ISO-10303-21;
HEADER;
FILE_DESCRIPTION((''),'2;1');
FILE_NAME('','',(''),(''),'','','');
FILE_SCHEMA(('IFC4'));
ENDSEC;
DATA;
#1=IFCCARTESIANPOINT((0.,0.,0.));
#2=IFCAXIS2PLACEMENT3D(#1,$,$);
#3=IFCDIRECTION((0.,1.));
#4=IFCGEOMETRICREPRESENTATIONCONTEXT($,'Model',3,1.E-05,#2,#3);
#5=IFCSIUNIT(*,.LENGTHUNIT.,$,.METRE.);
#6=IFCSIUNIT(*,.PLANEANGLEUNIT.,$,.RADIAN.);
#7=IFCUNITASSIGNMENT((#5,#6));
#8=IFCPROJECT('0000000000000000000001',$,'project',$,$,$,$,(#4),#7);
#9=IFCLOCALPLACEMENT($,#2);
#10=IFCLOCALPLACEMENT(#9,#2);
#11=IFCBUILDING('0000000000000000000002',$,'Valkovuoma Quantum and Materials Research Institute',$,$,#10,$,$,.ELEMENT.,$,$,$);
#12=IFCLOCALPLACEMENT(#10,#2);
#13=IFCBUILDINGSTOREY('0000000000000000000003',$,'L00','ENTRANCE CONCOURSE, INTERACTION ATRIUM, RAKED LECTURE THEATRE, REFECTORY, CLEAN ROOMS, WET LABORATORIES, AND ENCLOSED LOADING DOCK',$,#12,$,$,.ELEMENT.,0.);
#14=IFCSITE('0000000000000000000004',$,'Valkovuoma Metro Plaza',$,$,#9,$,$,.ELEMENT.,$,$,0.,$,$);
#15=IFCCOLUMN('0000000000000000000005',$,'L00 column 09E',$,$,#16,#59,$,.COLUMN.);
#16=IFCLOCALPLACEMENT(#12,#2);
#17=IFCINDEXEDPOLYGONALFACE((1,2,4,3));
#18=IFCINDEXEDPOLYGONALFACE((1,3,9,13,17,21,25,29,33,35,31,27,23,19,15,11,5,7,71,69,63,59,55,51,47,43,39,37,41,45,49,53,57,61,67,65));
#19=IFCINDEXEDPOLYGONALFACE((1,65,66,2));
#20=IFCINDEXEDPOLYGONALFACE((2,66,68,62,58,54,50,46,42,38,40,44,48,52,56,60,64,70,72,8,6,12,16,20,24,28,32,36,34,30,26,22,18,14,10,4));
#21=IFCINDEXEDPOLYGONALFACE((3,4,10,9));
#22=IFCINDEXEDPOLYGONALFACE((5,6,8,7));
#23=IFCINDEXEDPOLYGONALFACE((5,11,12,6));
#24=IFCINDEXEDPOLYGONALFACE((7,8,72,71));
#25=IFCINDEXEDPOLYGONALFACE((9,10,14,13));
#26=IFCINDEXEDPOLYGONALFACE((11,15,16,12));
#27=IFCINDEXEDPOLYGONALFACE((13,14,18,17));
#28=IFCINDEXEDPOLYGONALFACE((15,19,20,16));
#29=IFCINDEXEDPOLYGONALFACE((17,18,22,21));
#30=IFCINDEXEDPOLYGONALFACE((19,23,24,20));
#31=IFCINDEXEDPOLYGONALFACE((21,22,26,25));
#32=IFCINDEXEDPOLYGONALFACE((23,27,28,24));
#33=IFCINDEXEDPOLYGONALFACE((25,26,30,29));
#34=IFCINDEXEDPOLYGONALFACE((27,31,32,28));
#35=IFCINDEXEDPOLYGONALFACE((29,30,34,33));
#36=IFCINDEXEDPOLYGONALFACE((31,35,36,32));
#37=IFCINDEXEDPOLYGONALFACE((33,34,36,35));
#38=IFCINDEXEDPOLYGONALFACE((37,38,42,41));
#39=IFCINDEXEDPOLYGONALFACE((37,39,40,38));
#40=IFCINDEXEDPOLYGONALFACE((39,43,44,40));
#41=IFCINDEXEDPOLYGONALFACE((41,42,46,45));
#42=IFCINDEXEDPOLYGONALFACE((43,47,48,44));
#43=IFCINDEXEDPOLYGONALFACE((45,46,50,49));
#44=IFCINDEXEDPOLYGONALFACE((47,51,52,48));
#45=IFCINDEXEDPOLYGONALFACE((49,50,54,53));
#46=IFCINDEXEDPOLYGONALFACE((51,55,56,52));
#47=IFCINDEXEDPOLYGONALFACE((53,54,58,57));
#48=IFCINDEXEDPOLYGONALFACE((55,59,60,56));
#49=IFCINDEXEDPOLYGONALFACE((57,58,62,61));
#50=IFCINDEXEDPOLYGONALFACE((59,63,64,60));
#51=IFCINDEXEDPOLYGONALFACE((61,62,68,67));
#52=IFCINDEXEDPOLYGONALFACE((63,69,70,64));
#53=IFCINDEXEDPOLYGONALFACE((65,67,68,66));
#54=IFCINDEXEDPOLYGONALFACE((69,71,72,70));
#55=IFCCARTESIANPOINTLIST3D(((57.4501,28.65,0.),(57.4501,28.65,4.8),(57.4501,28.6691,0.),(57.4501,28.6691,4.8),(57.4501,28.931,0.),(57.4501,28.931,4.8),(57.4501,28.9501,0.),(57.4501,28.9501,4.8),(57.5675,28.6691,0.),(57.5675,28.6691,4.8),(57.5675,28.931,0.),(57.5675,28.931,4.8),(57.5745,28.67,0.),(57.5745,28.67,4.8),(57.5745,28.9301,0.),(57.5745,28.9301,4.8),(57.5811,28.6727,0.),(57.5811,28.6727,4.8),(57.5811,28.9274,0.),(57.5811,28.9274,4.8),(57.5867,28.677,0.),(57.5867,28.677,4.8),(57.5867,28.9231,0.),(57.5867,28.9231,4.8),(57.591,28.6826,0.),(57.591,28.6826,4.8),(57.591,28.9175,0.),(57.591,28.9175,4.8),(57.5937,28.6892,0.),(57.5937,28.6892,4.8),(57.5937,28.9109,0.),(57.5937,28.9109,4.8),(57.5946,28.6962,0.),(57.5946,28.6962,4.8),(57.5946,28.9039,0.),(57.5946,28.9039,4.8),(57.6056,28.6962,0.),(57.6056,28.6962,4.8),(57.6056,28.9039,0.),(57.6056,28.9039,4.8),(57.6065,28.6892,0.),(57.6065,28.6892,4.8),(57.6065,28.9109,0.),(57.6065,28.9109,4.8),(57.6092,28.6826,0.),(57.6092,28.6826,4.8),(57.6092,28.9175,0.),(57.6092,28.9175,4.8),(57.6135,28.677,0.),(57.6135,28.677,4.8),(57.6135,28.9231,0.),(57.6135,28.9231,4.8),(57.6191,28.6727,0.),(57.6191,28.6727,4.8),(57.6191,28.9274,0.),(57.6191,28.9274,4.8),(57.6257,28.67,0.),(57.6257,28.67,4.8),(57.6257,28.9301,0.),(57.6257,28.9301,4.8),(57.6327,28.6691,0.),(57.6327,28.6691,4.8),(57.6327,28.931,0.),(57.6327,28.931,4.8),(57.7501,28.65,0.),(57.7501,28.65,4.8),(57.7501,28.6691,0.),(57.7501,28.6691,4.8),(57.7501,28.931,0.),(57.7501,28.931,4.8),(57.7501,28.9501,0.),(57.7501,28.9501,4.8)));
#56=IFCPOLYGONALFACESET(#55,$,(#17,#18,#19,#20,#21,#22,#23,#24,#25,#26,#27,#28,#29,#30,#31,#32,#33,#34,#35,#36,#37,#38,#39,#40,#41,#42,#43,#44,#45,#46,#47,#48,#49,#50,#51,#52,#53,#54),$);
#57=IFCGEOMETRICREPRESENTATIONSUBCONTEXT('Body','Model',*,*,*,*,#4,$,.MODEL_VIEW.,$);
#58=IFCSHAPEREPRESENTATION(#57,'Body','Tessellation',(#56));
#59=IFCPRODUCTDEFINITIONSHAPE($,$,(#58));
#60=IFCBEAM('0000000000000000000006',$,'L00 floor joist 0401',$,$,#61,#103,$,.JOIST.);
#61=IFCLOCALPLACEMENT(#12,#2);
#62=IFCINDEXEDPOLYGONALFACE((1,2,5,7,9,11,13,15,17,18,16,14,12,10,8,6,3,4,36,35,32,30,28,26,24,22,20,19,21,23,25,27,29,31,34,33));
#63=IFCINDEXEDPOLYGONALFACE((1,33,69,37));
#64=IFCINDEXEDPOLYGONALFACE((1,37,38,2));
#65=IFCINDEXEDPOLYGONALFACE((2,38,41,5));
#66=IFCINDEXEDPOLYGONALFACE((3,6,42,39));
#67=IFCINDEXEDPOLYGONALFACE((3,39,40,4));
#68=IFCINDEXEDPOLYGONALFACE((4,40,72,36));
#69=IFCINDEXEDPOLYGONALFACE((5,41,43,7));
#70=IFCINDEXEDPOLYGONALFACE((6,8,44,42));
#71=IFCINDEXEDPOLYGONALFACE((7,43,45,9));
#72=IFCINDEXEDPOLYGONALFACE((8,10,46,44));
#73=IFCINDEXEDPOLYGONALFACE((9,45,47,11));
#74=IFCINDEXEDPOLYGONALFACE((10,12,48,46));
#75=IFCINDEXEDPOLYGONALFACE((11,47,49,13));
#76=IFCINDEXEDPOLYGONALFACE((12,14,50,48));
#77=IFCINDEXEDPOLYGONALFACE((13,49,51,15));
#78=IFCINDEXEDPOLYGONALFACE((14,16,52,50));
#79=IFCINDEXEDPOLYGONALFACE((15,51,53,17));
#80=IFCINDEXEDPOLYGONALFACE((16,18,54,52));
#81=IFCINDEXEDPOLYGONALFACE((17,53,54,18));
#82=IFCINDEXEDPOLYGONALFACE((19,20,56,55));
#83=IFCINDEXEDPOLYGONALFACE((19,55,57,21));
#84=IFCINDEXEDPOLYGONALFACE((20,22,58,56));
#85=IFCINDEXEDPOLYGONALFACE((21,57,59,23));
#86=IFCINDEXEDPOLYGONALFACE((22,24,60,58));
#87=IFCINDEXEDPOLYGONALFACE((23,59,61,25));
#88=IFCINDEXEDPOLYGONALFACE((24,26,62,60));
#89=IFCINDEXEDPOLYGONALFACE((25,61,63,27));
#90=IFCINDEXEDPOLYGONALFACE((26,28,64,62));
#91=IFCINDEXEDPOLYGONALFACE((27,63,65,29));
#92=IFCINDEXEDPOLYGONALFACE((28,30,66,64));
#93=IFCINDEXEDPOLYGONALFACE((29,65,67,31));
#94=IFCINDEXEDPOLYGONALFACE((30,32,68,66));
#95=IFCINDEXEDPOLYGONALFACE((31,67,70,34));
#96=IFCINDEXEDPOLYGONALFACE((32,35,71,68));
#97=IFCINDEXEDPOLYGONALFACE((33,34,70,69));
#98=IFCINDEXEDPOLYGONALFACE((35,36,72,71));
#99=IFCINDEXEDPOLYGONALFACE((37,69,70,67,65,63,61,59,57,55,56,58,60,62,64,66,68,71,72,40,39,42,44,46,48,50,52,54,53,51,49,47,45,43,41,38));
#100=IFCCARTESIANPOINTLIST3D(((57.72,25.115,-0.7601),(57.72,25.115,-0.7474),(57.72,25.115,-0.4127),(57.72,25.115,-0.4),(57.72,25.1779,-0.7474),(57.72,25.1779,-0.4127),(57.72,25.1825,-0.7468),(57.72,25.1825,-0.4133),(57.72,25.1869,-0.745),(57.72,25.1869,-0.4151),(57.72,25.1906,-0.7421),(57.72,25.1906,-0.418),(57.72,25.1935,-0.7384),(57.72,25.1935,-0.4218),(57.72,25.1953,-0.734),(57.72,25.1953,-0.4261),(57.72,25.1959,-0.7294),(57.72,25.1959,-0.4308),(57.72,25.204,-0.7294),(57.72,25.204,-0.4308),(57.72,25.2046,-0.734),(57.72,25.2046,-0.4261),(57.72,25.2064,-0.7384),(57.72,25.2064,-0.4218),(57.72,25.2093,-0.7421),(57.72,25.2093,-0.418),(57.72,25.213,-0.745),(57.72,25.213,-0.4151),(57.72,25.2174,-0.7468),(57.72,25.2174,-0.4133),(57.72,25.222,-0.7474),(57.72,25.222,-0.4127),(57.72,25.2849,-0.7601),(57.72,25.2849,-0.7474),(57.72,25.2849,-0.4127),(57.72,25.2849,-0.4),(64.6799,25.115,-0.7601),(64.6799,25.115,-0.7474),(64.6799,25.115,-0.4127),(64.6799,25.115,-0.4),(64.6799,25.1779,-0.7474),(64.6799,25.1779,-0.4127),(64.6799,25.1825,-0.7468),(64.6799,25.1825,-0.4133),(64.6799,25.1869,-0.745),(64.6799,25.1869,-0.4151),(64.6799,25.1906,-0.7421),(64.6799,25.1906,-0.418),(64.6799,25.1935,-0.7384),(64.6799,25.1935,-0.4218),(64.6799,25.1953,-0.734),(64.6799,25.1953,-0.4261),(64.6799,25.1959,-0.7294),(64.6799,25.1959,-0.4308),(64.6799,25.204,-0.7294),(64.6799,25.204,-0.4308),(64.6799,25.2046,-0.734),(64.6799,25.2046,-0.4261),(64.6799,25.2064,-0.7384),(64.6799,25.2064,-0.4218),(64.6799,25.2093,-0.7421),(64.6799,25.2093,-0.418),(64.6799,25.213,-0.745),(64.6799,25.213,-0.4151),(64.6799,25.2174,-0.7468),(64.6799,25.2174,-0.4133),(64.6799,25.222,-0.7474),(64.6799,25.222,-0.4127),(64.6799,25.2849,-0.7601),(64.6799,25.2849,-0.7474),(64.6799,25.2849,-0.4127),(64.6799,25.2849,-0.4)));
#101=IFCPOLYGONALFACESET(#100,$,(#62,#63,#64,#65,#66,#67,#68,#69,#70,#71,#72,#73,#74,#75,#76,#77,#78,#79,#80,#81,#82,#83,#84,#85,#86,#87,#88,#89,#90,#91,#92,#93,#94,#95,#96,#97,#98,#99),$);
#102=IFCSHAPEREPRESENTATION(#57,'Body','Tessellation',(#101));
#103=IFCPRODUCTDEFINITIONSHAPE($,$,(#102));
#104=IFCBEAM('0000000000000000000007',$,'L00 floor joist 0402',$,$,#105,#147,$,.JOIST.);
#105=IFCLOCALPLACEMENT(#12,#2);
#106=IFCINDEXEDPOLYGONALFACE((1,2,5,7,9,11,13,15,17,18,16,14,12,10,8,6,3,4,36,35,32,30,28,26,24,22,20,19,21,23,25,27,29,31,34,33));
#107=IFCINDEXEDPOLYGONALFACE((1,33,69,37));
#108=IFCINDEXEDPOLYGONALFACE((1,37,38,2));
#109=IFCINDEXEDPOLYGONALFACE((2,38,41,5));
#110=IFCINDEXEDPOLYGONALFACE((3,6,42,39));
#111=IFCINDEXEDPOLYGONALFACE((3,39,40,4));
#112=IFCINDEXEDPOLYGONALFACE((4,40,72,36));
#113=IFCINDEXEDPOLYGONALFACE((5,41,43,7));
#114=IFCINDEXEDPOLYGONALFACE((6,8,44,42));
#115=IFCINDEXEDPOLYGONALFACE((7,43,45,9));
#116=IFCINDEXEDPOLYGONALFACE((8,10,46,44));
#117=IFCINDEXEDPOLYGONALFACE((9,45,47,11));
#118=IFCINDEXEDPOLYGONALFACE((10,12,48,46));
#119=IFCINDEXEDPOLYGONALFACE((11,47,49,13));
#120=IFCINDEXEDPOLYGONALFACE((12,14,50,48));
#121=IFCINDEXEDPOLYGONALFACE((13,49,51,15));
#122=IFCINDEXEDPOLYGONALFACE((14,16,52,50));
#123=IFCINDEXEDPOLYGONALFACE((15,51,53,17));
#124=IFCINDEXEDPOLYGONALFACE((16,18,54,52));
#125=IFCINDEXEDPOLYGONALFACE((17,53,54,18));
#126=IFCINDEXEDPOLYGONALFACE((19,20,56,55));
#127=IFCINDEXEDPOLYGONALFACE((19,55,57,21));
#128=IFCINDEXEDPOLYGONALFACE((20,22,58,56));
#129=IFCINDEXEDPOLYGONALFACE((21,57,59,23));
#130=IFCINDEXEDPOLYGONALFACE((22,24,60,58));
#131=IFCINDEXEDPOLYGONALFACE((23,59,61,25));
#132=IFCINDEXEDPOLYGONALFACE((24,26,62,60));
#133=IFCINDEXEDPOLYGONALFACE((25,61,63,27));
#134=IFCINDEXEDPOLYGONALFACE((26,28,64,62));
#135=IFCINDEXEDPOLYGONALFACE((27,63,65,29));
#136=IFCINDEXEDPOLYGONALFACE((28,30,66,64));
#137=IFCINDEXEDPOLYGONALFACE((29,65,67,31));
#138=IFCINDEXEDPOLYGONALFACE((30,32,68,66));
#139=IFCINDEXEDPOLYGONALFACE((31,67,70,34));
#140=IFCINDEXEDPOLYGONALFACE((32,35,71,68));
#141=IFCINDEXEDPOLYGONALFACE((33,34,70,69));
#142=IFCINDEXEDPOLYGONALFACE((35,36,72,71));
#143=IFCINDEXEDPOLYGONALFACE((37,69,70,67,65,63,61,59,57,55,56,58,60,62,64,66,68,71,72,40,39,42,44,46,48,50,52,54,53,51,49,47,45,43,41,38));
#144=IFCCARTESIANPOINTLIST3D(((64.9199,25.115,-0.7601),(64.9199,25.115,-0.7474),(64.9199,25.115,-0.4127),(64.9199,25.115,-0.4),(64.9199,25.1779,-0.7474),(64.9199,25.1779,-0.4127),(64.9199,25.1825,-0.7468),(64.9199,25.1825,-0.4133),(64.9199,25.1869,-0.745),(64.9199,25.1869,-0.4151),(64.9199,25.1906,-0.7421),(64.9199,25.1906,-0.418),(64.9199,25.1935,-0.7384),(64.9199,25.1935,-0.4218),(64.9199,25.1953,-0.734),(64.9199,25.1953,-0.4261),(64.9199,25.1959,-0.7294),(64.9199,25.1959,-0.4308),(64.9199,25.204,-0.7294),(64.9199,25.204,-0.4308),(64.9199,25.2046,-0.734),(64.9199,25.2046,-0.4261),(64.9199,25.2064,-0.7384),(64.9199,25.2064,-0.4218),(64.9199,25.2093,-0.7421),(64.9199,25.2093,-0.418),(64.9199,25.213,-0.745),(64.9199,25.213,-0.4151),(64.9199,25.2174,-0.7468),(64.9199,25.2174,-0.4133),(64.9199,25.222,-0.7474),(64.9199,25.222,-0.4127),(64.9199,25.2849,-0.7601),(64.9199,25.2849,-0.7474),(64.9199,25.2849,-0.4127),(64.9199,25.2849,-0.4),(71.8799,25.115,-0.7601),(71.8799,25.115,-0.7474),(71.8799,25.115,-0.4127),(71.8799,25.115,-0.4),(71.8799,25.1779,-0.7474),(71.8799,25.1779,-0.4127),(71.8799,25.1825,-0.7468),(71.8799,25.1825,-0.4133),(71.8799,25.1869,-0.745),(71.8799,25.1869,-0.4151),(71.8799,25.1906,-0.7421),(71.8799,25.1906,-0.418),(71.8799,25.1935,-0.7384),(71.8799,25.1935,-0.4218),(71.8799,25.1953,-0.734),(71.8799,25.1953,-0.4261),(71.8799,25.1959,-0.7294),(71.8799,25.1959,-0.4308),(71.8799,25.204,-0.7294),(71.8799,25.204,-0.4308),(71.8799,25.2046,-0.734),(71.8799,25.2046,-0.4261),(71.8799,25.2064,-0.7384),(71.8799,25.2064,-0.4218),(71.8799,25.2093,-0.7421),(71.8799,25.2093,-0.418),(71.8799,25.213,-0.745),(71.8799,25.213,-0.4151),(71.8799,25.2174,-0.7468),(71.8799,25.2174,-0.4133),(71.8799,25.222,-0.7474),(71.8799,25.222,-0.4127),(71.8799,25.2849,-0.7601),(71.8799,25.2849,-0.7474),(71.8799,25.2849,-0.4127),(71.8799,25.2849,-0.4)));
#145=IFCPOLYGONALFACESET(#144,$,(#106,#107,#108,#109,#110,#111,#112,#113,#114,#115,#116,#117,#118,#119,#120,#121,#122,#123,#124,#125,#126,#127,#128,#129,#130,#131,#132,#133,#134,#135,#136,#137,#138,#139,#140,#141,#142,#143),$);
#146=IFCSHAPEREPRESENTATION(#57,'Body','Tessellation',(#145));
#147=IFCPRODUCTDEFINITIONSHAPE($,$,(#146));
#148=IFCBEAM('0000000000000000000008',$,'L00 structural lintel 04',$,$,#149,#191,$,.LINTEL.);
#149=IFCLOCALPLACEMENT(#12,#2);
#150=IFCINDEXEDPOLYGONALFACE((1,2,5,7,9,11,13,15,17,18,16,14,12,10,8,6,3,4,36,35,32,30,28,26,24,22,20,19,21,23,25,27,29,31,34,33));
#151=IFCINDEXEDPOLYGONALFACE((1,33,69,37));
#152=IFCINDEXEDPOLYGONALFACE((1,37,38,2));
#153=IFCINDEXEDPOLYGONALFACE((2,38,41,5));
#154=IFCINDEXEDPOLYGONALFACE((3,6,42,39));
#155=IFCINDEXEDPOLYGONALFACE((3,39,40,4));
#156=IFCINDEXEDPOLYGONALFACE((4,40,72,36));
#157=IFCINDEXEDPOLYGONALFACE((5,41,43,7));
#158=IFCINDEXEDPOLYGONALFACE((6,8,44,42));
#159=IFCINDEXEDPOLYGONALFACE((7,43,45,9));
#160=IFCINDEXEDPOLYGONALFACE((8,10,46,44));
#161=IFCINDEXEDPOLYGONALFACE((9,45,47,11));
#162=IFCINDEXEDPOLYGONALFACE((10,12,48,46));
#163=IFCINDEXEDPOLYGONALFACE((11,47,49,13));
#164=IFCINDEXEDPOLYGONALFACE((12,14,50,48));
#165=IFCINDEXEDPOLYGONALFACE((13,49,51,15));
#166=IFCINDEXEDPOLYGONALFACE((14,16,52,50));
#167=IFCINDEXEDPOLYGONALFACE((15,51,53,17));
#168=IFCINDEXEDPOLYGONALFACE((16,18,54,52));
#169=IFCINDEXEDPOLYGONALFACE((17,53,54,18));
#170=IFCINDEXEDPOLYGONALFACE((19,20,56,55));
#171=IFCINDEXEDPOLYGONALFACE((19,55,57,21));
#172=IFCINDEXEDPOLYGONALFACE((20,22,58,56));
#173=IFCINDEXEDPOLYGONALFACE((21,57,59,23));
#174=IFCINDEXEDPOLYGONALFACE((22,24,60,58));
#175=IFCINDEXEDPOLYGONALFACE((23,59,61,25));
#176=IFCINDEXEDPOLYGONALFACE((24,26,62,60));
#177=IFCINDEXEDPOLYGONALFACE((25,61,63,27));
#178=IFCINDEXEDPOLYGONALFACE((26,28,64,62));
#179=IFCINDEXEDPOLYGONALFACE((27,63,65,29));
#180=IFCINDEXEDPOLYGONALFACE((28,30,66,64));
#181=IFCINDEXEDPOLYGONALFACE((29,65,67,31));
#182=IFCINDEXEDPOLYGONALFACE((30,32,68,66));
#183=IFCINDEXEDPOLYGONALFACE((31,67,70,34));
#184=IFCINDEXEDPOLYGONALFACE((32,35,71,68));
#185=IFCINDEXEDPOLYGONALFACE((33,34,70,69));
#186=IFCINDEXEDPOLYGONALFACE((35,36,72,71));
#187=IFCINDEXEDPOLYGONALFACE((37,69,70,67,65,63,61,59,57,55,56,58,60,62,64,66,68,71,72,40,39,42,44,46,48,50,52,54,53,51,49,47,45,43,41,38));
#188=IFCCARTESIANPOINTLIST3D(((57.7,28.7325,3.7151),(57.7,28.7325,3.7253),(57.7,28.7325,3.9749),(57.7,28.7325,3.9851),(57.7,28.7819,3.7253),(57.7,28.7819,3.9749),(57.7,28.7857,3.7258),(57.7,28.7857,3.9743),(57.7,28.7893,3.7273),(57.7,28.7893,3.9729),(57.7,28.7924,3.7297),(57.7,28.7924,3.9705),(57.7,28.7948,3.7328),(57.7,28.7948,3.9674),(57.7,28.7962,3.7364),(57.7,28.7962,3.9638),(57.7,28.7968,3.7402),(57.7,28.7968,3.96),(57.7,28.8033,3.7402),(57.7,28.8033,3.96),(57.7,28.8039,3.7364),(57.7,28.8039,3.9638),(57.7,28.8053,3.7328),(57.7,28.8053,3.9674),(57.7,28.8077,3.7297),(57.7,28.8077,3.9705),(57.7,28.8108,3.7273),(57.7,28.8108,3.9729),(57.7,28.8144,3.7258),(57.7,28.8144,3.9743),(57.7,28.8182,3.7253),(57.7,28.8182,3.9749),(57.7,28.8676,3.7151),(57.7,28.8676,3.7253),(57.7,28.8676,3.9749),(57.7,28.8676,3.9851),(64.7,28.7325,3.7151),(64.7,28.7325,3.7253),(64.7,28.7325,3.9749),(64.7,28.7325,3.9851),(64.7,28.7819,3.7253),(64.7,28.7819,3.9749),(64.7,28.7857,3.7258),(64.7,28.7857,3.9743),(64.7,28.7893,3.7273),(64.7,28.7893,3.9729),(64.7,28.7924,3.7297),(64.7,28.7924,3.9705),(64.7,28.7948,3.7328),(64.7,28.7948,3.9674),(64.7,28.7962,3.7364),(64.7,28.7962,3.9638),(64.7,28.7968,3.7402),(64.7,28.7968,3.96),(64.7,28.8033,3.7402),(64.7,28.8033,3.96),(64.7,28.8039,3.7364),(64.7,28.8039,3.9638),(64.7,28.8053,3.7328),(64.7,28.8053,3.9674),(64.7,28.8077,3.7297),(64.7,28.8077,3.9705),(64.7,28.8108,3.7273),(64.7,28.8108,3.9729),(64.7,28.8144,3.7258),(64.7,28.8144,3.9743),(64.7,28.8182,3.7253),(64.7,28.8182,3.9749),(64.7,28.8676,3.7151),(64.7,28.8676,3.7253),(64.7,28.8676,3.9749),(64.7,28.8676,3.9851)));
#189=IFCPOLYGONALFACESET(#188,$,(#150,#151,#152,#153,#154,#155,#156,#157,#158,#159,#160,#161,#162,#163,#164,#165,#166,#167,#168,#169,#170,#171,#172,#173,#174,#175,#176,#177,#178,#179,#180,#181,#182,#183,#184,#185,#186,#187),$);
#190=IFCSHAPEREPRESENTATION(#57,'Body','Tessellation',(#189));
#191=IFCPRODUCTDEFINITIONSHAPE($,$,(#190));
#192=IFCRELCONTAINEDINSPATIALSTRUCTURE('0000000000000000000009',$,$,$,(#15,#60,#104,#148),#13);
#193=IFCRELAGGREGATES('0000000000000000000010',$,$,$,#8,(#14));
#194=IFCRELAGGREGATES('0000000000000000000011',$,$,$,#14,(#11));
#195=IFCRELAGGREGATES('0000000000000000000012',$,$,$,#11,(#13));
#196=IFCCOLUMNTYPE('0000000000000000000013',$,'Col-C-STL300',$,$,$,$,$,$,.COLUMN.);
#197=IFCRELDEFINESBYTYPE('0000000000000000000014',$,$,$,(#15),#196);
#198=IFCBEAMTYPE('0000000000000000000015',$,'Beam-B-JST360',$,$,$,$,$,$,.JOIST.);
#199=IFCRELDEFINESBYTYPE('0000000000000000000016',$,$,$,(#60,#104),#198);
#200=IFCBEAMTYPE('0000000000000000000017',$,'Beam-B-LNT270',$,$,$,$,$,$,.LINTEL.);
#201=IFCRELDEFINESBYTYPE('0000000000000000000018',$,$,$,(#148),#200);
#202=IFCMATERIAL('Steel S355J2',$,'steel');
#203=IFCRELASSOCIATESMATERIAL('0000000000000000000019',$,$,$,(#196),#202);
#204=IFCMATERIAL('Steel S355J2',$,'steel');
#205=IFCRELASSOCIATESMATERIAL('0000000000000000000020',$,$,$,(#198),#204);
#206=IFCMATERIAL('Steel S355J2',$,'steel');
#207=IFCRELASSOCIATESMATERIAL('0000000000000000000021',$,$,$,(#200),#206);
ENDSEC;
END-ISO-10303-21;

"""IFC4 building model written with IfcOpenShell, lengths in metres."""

from ifc_helpers import new_model, si_unit, direction, frame, origin, origin_2d, place, context, subcontext, project, spatial, i_section, extrude, material, material_profile, profile_set, type_object, element, save


model = new_model("IFC4")

# Units and contexts
model_context = context("Model", 3, precision=1e-05, world=origin(), true_north=direction((0.0, 1.0)))
body_context = subcontext(model_context, "Body", "Model", "MODEL_VIEW")
ifc_project = project(units=[si_unit("LENGTHUNIT", "METRE"), si_unit("PLANEANGLEUNIT", "RADIAN")], contexts=[model_context])

# Site, building, storey
site_placement = place(None, origin())
site = spatial("IfcSite", under=ifc_project, at=site_placement, Name="Valkovuoma Metro Plaza", CompositionType="ELEMENT", RefElevation=0.0)
building_placement = place(site_placement, origin())
building = spatial("IfcBuilding", under=site, at=building_placement, Name="Valkovuoma Quantum and Materials Research Institute", CompositionType="ELEMENT")
storey_placement = place(building_placement, origin())
storey = spatial("IfcBuildingStorey", under=building, at=storey_placement, Name="L00", Description="ENTRANCE CONCOURSE, INTERACTION ATRIUM, RAKED LECTURE THEATRE, REFECTORY, CLEAN ROOMS, WET LABORATORIES, AND ENCLOSED LOADING DOCK", CompositionType="ELEMENT", Elevation=0.0)

# Column
ifc_material_1 = material(Name="Steel S355J2", Category="steel")
ifc_material_profile_1 = material_profile(ifc_material_1, i_section(OverallWidth=0.3, OverallDepth=0.3, WebThickness=0.011, FlangeThickness=0.019, FilletRadius=0.0271, at=origin_2d()), Name="Steel S355J2")
ifc_profile_set_1 = profile_set([ifc_material_profile_1], Name="Steel S355J2")
column_type = type_object("IfcColumnType", Name="Col-C-STL300", PredefinedType="COLUMN", material=ifc_profile_set_1)
column_placement = place(storey_placement, frame((57.6001, 28.8, 0.0), z_axis=(0.0, 0.0, 1.0), x_axis=(1.0, 0.0, 0.0)))
element("IfcColumn", 1, at=column_placement, inside=storey, type_object=column_type, Name="L00 column 09E", PredefinedType="COLUMN", context=body_context, shape_type="SweptSolid", body=[
    extrude(i_section(OverallWidth=0.3, OverallDepth=0.3, WebThickness=0.011, FlangeThickness=0.019, FilletRadius=0.0271, at=origin_2d()), origin(), (0.0, 0.0, 1.0), 4.8),
])

# Beams
ifc_material_2 = material(Name="Steel S355J2", Category="steel")
ifc_material_profile_2 = material_profile(ifc_material_2, i_section(OverallWidth=0.1699, OverallDepth=0.3601, WebThickness=0.0081, FlangeThickness=0.0127, FilletRadius=0.0181, at=origin_2d()), Name="Steel S355J2")
ifc_profile_set_2 = profile_set([ifc_material_profile_2], Name="Steel S355J2")
beam_type_1 = type_object("IfcBeamType", Name="Beam-B-JST360", PredefinedType="JOIST", material=ifc_profile_set_2)
for number, where, z_axis, x_axis, name in (
    (2, (57.72, 25.2, -0.5801), (1.0, 0.0, 0.0), (0.0, 1.0, 0.0), "L00 floor joist 0401"),
    (3, (64.9199, 25.2, -0.5801), (1.0, 0.0, 0.0), (0.0, 1.0, 0.0), "L00 floor joist 0402"),
):
    element("IfcBeam", number, at=place(storey_placement, frame(where, z_axis=z_axis, x_axis=x_axis)), inside=storey, type_object=beam_type_1, Name=name, PredefinedType="JOIST", context=body_context, shape_type="SweptSolid", body=[
        extrude(i_section(OverallWidth=0.1699, OverallDepth=0.3601, WebThickness=0.0081, FlangeThickness=0.0127, FilletRadius=0.0181, at=origin_2d()), origin(), (0.0, 0.0, 1.0), 6.96),
    ])
ifc_material_3 = material(Name="Steel S355J2", Category="steel")
ifc_material_profile_3 = material_profile(ifc_material_3, i_section(OverallWidth=0.135, OverallDepth=0.27, WebThickness=0.0066, FlangeThickness=0.0103, FilletRadius=0.0149, at=origin_2d()), Name="Steel S355J2")
ifc_profile_set_3 = profile_set([ifc_material_profile_3], Name="Steel S355J2")
beam_type_2 = type_object("IfcBeamType", Name="Beam-B-LNT270", PredefinedType="LINTEL", material=ifc_profile_set_3)
beam_placement = place(storey_placement, frame((57.7, 28.8, 3.8501), z_axis=(1.0, 0.0, 0.0), x_axis=(0.0, 1.0, 0.0)))
element("IfcBeam", 4, at=beam_placement, inside=storey, type_object=beam_type_2, Name="L00 structural lintel 04", PredefinedType="LINTEL", context=body_context, shape_type="SweptSolid", body=[
    extrude(i_section(OverallWidth=0.135, OverallDepth=0.27, WebThickness=0.0066, FlangeThickness=0.0103, FilletRadius=0.0149, at=origin_2d()), origin(), (0.0, 0.0, 1.0), 7.0),
])

save(model, "model.ifc")
